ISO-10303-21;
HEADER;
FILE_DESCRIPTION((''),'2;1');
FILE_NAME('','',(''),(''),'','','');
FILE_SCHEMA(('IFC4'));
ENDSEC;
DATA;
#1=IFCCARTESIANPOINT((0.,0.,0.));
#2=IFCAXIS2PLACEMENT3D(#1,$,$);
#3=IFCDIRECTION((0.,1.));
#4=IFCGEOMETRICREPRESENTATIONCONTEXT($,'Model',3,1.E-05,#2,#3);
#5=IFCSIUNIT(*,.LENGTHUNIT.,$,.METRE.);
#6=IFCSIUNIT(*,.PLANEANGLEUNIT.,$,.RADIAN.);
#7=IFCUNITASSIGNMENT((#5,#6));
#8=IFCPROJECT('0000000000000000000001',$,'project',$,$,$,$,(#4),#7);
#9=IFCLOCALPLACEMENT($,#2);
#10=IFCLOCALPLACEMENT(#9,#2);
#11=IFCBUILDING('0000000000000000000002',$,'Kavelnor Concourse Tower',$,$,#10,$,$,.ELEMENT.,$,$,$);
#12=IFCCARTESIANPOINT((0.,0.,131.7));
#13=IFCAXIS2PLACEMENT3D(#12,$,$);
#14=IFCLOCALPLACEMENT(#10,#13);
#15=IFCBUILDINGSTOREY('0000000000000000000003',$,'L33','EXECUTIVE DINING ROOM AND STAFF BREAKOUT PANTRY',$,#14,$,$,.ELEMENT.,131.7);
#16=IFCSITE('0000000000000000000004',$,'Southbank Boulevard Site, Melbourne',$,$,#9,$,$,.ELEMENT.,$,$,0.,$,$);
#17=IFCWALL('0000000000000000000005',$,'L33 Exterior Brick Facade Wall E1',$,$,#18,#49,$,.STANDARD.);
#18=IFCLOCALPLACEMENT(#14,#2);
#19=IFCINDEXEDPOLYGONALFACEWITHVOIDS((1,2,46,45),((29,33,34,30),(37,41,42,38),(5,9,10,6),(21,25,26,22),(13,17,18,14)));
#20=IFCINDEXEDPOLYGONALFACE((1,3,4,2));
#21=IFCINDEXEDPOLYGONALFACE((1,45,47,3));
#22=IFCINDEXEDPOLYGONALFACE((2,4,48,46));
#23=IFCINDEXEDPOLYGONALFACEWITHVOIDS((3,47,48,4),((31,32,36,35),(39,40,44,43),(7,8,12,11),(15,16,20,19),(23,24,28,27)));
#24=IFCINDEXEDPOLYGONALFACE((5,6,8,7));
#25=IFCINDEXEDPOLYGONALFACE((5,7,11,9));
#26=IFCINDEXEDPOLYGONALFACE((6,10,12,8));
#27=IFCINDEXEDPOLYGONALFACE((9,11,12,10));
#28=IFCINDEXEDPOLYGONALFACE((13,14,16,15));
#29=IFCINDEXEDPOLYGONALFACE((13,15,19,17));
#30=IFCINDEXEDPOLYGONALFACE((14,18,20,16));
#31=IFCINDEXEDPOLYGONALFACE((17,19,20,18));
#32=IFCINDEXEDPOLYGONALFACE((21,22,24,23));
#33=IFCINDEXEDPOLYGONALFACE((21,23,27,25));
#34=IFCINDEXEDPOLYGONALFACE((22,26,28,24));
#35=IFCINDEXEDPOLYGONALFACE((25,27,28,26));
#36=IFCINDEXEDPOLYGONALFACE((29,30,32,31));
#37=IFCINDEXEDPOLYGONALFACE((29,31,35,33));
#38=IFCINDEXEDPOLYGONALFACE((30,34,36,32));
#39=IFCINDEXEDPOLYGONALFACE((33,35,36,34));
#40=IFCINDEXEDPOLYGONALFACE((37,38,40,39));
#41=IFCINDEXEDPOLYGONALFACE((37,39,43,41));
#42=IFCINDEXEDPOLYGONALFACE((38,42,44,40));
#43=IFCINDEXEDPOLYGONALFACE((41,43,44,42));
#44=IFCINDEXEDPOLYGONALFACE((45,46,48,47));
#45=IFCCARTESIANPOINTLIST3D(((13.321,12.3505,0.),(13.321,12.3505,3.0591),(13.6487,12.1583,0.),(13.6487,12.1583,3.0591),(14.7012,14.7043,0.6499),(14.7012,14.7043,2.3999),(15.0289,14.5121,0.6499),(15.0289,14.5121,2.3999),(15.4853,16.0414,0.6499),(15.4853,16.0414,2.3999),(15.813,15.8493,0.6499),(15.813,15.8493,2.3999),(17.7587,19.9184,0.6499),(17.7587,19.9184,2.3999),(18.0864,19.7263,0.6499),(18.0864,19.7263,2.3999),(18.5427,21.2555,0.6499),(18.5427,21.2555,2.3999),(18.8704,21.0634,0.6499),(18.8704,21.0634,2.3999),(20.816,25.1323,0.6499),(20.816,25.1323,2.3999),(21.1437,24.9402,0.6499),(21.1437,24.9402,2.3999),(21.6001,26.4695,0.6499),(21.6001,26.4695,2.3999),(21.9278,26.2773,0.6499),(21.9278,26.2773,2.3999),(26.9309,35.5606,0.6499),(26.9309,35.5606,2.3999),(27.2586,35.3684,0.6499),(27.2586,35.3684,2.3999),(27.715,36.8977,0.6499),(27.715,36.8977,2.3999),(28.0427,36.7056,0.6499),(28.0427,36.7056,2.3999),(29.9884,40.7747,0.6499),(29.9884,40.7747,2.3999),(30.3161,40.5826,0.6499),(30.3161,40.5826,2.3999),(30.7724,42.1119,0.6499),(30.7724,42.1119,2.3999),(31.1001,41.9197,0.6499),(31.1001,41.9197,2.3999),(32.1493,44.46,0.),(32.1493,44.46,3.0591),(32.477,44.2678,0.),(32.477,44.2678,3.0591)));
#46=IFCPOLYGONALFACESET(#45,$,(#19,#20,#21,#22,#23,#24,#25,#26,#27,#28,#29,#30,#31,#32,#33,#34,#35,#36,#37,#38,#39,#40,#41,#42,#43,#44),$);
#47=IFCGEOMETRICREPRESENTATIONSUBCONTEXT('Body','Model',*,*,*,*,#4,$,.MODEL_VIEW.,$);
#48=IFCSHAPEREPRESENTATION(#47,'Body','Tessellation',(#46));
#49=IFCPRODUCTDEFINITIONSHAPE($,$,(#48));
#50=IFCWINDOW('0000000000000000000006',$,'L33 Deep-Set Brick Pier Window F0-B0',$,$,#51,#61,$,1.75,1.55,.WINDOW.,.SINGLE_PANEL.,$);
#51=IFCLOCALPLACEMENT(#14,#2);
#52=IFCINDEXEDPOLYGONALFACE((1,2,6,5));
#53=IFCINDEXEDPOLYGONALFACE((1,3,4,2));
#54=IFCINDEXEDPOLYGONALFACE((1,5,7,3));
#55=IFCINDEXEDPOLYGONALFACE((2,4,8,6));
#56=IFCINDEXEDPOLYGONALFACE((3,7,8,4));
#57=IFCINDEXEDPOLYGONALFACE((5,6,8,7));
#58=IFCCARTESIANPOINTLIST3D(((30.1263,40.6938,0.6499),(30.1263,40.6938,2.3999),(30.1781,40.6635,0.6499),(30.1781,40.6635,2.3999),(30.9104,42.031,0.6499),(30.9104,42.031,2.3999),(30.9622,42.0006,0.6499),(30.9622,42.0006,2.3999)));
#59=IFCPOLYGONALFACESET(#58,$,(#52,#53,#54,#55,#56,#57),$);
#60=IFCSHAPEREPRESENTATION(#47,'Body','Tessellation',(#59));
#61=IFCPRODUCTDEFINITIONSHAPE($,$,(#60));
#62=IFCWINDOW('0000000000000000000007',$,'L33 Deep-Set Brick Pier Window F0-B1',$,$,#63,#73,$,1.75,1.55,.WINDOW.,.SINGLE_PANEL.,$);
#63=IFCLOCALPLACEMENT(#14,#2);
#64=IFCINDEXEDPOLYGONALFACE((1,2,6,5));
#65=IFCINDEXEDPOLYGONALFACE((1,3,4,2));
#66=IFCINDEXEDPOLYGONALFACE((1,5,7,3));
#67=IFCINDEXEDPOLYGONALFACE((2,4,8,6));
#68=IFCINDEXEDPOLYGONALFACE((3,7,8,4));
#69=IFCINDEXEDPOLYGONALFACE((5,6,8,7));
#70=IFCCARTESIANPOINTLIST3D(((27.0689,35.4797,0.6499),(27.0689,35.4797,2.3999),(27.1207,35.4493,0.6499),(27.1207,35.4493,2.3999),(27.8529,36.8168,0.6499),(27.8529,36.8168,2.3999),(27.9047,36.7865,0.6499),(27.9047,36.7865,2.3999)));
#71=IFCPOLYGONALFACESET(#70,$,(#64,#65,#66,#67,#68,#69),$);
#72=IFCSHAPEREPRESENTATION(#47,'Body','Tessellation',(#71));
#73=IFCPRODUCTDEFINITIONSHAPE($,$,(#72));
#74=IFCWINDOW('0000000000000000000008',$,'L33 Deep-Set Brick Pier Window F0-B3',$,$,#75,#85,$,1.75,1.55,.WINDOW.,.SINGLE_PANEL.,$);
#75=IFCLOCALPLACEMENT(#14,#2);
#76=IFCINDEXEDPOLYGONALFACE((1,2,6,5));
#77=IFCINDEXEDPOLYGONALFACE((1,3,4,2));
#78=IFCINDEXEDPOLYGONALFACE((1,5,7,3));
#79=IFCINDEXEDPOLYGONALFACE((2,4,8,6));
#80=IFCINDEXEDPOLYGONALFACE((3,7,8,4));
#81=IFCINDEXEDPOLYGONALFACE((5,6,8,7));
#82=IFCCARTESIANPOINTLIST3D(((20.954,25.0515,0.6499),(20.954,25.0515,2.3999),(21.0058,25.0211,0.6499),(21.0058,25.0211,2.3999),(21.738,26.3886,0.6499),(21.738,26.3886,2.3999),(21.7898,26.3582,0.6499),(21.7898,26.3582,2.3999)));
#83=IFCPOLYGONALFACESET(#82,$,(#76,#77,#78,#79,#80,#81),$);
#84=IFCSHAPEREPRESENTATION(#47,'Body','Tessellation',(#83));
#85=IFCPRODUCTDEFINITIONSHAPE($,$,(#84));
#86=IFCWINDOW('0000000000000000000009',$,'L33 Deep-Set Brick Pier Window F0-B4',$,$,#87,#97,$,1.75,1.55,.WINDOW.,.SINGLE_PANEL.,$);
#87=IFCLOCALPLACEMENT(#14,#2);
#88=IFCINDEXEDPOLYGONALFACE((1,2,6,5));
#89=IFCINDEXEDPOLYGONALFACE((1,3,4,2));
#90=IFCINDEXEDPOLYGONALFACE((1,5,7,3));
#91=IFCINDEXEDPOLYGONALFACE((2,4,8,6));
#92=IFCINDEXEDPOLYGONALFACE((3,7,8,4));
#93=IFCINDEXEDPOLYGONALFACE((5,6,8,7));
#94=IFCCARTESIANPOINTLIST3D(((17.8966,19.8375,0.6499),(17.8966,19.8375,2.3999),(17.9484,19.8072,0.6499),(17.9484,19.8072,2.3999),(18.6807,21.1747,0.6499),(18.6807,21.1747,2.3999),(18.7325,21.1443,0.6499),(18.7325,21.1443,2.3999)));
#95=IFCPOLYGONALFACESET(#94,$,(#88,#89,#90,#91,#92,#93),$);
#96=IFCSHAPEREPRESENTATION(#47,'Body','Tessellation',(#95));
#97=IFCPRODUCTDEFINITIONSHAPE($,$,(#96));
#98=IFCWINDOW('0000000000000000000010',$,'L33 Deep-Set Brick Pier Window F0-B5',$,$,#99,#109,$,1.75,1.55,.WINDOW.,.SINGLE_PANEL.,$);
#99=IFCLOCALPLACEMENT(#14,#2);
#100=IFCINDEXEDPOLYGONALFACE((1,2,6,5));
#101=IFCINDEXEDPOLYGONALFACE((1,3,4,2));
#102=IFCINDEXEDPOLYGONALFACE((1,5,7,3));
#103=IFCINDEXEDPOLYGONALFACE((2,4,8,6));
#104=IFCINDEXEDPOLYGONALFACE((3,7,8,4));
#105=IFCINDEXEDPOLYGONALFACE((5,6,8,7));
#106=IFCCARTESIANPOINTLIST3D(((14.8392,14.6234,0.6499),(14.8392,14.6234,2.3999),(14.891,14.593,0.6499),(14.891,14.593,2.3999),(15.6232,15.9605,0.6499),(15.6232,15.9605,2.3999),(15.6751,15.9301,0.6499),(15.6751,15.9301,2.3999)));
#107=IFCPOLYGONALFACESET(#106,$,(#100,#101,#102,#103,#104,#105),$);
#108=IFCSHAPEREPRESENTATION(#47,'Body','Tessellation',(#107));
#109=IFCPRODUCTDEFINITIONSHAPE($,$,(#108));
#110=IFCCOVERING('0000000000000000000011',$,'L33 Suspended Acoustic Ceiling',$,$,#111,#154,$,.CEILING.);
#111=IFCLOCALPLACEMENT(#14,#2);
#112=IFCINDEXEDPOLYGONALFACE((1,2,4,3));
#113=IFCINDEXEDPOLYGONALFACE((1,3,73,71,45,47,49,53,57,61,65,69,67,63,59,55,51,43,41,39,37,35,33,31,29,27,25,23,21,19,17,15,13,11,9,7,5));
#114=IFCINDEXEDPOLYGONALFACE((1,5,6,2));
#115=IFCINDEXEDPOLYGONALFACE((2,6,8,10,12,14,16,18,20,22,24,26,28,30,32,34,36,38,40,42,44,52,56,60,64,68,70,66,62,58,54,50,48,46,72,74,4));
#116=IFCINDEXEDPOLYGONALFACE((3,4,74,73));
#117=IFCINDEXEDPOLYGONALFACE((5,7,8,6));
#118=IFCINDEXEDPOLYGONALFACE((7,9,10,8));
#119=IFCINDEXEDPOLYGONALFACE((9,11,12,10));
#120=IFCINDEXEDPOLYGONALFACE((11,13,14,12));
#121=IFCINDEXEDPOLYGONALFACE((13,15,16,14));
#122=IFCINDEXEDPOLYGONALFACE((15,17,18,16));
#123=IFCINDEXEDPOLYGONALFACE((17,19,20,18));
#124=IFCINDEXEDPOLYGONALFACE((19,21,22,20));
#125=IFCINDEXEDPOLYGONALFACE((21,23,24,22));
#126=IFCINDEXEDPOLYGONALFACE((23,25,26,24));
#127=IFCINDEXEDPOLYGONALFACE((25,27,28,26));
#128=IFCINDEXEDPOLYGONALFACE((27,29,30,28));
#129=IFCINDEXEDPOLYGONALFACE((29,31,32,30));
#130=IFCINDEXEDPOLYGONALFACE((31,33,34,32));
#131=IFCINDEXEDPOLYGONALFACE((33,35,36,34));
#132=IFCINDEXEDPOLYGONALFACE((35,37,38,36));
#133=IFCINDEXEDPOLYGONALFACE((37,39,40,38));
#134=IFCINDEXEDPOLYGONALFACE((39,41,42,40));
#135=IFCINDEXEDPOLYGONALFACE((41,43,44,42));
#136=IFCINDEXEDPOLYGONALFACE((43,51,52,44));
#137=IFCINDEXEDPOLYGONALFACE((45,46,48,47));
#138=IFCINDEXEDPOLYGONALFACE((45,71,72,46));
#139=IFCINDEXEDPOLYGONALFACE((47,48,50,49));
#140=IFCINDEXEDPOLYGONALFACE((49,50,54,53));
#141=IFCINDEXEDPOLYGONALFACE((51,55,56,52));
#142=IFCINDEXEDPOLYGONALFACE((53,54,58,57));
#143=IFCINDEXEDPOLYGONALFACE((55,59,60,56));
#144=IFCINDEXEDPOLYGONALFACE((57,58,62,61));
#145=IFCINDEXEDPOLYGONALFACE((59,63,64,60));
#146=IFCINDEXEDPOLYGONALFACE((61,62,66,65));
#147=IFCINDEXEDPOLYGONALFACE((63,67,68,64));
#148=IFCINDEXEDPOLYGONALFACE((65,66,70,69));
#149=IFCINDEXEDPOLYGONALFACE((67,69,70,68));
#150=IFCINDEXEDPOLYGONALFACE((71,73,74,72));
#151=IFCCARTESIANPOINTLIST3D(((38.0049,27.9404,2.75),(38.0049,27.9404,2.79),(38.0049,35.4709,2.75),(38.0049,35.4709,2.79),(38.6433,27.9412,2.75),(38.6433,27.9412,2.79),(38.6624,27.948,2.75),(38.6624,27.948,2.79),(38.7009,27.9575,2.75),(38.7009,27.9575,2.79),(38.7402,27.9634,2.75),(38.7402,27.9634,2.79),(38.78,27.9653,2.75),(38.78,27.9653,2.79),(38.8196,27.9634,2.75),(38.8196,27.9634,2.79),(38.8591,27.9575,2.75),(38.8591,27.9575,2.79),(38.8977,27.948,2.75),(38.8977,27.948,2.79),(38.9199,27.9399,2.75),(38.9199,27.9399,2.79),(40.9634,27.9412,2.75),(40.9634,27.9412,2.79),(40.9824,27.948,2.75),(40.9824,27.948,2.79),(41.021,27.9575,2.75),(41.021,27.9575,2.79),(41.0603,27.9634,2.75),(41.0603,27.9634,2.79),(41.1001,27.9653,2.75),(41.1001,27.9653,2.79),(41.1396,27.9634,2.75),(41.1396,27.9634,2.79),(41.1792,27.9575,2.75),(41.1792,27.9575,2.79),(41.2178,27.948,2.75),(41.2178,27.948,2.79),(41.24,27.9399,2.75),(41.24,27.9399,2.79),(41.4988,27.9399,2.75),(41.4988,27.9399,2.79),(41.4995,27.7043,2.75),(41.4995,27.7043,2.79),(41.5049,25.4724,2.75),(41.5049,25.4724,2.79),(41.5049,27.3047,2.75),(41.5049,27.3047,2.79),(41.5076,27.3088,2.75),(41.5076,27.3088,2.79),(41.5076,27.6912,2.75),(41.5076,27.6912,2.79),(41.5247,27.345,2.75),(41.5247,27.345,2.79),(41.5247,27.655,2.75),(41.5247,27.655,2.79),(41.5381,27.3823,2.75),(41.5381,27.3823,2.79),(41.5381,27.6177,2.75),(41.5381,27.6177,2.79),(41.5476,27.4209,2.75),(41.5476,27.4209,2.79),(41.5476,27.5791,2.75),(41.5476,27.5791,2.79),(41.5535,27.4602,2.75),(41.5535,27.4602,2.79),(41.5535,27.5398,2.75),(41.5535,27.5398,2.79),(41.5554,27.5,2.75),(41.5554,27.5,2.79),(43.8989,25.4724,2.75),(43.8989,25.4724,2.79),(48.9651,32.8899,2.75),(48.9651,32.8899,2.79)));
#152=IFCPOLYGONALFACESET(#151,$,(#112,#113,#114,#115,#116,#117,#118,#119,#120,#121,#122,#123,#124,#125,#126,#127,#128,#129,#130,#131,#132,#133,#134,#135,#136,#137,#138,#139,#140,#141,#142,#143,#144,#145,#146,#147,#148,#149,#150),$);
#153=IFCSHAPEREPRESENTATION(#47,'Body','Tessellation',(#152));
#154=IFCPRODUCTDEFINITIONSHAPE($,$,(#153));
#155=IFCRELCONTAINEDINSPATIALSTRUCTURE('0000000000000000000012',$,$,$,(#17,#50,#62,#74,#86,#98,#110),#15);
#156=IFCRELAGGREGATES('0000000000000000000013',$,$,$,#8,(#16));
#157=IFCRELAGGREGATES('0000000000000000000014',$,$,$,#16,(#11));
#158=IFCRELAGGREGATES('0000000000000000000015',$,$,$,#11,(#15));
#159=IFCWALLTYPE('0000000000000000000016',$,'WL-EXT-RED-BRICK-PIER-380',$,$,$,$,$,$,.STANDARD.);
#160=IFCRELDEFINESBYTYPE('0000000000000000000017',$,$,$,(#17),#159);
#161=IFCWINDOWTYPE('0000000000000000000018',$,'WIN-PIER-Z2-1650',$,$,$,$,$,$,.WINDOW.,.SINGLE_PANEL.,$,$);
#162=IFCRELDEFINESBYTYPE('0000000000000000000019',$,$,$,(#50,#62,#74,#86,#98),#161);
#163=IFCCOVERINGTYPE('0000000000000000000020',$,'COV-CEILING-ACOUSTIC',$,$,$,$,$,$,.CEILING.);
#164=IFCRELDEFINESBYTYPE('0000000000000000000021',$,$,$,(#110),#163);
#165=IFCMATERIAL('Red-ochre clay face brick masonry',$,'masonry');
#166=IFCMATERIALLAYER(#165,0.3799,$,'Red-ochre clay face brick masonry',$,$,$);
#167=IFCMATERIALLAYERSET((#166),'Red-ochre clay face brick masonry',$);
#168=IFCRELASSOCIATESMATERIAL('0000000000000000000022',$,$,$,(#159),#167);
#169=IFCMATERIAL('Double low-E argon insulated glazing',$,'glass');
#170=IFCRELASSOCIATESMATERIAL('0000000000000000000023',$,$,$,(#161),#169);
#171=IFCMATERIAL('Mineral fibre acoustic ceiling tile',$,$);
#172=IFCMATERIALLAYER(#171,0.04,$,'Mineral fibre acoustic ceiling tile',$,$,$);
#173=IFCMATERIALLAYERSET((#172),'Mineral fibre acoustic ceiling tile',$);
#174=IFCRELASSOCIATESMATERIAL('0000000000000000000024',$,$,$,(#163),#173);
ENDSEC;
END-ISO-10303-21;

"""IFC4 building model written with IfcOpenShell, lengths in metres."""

from ifc_helpers import new_model, si_unit, direction, frame, frame_2d, origin, place, context, subcontext, project, spatial, polyline, rectangle, outline, extrude, material, layer, layer_set, type_object, element, fill, save


model = new_model("IFC4")

# Units and contexts
model_context = context("Model", 3, precision=1e-05, world=origin(), true_north=direction((0.0, 1.0)))
body_context = subcontext(model_context, "Body", "Model", "MODEL_VIEW")
ifc_project = project(units=[si_unit("LENGTHUNIT", "METRE"), si_unit("PLANEANGLEUNIT", "RADIAN")], contexts=[model_context])

# Site, building, storey
site_placement = place(None, origin())
site = spatial("IfcSite", under=ifc_project, at=site_placement, Name="Southbank Boulevard Site, Melbourne", CompositionType="ELEMENT", RefElevation=0.0)
building_placement = place(site_placement, origin())
building = spatial("IfcBuilding", under=site, at=building_placement, Name="Kavelnor Concourse Tower", CompositionType="ELEMENT")
storey_placement = place(building_placement, frame((0.0, 0.0, 131.7)))
storey = spatial("IfcBuildingStorey", under=building, at=storey_placement, Name="L33", Description="EXECUTIVE DINING ROOM AND STAFF BREAKOUT PANTRY", CompositionType="ELEMENT", Elevation=131.7)

# Wall, openings, windows
ifc_material_1 = material(Name="Red-ochre clay face brick masonry", Category="masonry")
ifc_layer_1 = layer(ifc_material_1, 0.3799, Name="Red-ochre clay face brick masonry")
ifc_layer_set_1 = layer_set([ifc_layer_1], Name="Red-ochre clay face brick masonry")
wall_type = type_object("IfcWallType", Name="WL-EXT-RED-BRICK-PIER-380", PredefinedType="STANDARD", material=ifc_layer_set_1)
wall_placement = place(storey_placement, frame((13.4849, 12.2544, 0.0), z_axis=(0.0, 0.0, 1.0), x_axis=(0.505829, 0.862634, 0.0)))
wall = element("IfcWall", 1, at=wall_placement, inside=storey, type_object=wall_type, Name="L33 Exterior Brick Facade Wall E1", PredefinedType="STANDARD", context=body_context, shape_type="SweptSolid", body=[
    extrude(rectangle(XDim=37.2227, YDim=0.3799, at=frame_2d((18.6113, 0.0))), origin(), (0.0, 0.0, 1.0), 3.0591),
])
opening_1_placement = place(wall_placement, frame((32.9507, 0.0, 0.6499)))
opening_1 = element("IfcOpeningElement", 2, at=opening_1_placement, cuts=wall, PredefinedType="OPENING", context=body_context, shape_type="SweptSolid", body=[
    extrude(rectangle(XDim=1.55, YDim=1.75, at=frame_2d((0.7749, 0.875))), frame((0.0, 0.2, 0.0), z_axis=(0.0, -1.0, 0.0), x_axis=(1.0, 0.0, 0.0)), (0.0, 0.0, 1.0), 0.3999),
])
opening_2_placement = place(wall_placement, frame((26.9062, 0.0, 0.6499)))
opening_2 = element("IfcOpeningElement", 3, at=opening_2_placement, cuts=wall, PredefinedType="OPENING", context=body_context, shape_type="SweptSolid", body=[
    extrude(rectangle(XDim=1.55, YDim=1.75, at=frame_2d((0.7749, 0.875))), frame((0.0, 0.2, 0.0), z_axis=(0.0, -1.0, 0.0), x_axis=(1.0, 0.0, 0.0)), (0.0, 0.0, 1.0), 0.3999),
])
opening_3_placement = place(wall_placement, frame((14.8174, 0.0, 0.6499)))
opening_3 = element("IfcOpeningElement", 4, at=opening_3_placement, cuts=wall, PredefinedType="OPENING", context=body_context, shape_type="SweptSolid", body=[
    extrude(rectangle(XDim=1.55, YDim=1.75, at=frame_2d((0.7749, 0.875))), frame((0.0, 0.2, 0.0), z_axis=(0.0, -1.0, 0.0), x_axis=(1.0, 0.0, 0.0)), (0.0, 0.0, 1.0), 0.3999),
])
opening_4_placement = place(wall_placement, frame((8.7732, 0.0, 0.6499)))
opening_4 = element("IfcOpeningElement", 5, at=opening_4_placement, cuts=wall, PredefinedType="OPENING", context=body_context, shape_type="SweptSolid", body=[
    extrude(rectangle(XDim=1.55, YDim=1.75, at=frame_2d((0.7749, 0.875))), frame((0.0, 0.2, 0.0), z_axis=(0.0, -1.0, 0.0), x_axis=(1.0, 0.0, 0.0)), (0.0, 0.0, 1.0), 0.3999),
])
opening_5_placement = place(wall_placement, frame((2.7288, 0.0, 0.6499)))
opening_5 = element("IfcOpeningElement", 6, at=opening_5_placement, cuts=wall, PredefinedType="OPENING", context=body_context, shape_type="SweptSolid", body=[
    extrude(rectangle(XDim=1.55, YDim=1.75, at=frame_2d((0.7749, 0.875))), frame((0.0, 0.2, 0.0), z_axis=(0.0, -1.0, 0.0), x_axis=(1.0, 0.0, 0.0)), (0.0, 0.0, 1.0), 0.3999),
])
ifc_material_2 = material(Name="Double low-E argon insulated glazing", Category="glass")
window_type = type_object("IfcWindowType", Name="WIN-PIER-Z2-1650", PartitioningType="SINGLE_PANEL", PredefinedType="WINDOW", material=ifc_material_2)
window_1_placement = place(opening_1_placement, origin())
window_1 = element("IfcWindow", 7, at=window_1_placement, inside=storey, type_object=window_type, Name="L33 Deep-Set Brick Pier Window F0-B0", OverallHeight=1.75, OverallWidth=1.55, PartitioningType="SINGLE_PANEL", PredefinedType="WINDOW", context=body_context, shape_type="SweptSolid", body=[
    extrude(rectangle(XDim=1.55, YDim=1.75, at=frame_2d((0.7749, 0.875))), frame((0.0, 0.03, 0.0), z_axis=(0.0, -1.0, 0.0), x_axis=(1.0, 0.0, 0.0)), (0.0, 0.0, 1.0), 0.0601),
])
fill(opening_1, window_1)
window_2_placement = place(opening_2_placement, origin())
window_2 = element("IfcWindow", 8, at=window_2_placement, inside=storey, type_object=window_type, Name="L33 Deep-Set Brick Pier Window F0-B1", OverallHeight=1.75, OverallWidth=1.55, PartitioningType="SINGLE_PANEL", PredefinedType="WINDOW", context=body_context, shape_type="SweptSolid", body=[
    extrude(rectangle(XDim=1.55, YDim=1.75, at=frame_2d((0.7749, 0.875))), frame((0.0, 0.03, 0.0), z_axis=(0.0, -1.0, 0.0), x_axis=(1.0, 0.0, 0.0)), (0.0, 0.0, 1.0), 0.0601),
])
fill(opening_2, window_2)
window_3_placement = place(opening_3_placement, origin())
window_3 = element("IfcWindow", 9, at=window_3_placement, inside=storey, type_object=window_type, Name="L33 Deep-Set Brick Pier Window F0-B3", OverallHeight=1.75, OverallWidth=1.55, PartitioningType="SINGLE_PANEL", PredefinedType="WINDOW", context=body_context, shape_type="SweptSolid", body=[
    extrude(rectangle(XDim=1.55, YDim=1.75, at=frame_2d((0.7749, 0.875))), frame((0.0, 0.03, 0.0), z_axis=(0.0, -1.0, 0.0), x_axis=(1.0, 0.0, 0.0)), (0.0, 0.0, 1.0), 0.0601),
])
fill(opening_3, window_3)
window_4_placement = place(opening_4_placement, origin())
window_4 = element("IfcWindow", 10, at=window_4_placement, inside=storey, type_object=window_type, Name="L33 Deep-Set Brick Pier Window F0-B4", OverallHeight=1.75, OverallWidth=1.55, PartitioningType="SINGLE_PANEL", PredefinedType="WINDOW", context=body_context, shape_type="SweptSolid", body=[
    extrude(rectangle(XDim=1.55, YDim=1.75, at=frame_2d((0.7749, 0.875))), frame((0.0, 0.03, 0.0), z_axis=(0.0, -1.0, 0.0), x_axis=(1.0, 0.0, 0.0)), (0.0, 0.0, 1.0), 0.0601),
])
fill(opening_4, window_4)
window_5_placement = place(opening_5_placement, origin())
window_5 = element("IfcWindow", 11, at=window_5_placement, inside=storey, type_object=window_type, Name="L33 Deep-Set Brick Pier Window F0-B5", OverallHeight=1.75, OverallWidth=1.55, PartitioningType="SINGLE_PANEL", PredefinedType="WINDOW", context=body_context, shape_type="SweptSolid", body=[
    extrude(rectangle(XDim=1.55, YDim=1.75, at=frame_2d((0.7749, 0.875))), frame((0.0, 0.03, 0.0), z_axis=(0.0, -1.0, 0.0), x_axis=(1.0, 0.0, 0.0)), (0.0, 0.0, 1.0), 0.0601),
])
fill(opening_5, window_5)

# Covering
ifc_material_3 = material(Name="Mineral fibre acoustic ceiling tile")
ifc_layer_2 = layer(ifc_material_3, 0.04, Name="Mineral fibre acoustic ceiling tile")
ifc_layer_set_2 = layer_set([ifc_layer_2], Name="Mineral fibre acoustic ceiling tile")
covering_type_1 = type_object("IfcCoveringType", Name="COV-CEILING-ACOUSTIC", PredefinedType="CEILING", material=ifc_layer_set_2)
covering_1_placement = place(storey_placement, frame((0.0, 0.0, 2.75)))
element("IfcCovering", 12, at=covering_1_placement, inside=storey, type_object=covering_type_1, Name="L33 Suspended Acoustic Ceiling", PredefinedType="CEILING", context=body_context, shape_type="SweptSolid", body=[
    extrude(outline(polyline([(43.8989, 25.4724), (41.5049, 25.4724), (41.5049, 27.3047), (41.5076, 27.3088), (41.5247, 27.345), (41.5381, 27.3823), (41.5476, 27.4209), (41.5535, 27.4602), (41.5554, 27.5), (41.5535, 27.5398), (41.5476, 27.5791), (41.5381, 27.6177), (41.5247, 27.655), (41.5076, 27.6912), (41.4995, 27.7043), (41.4988, 27.9399), (41.24, 27.9399), (41.2178, 27.948), (41.1792, 27.9575), (41.1396, 27.9634), (41.1001, 27.9653), (41.0603, 27.9634), (41.021, 27.9575), (40.9824, 27.948), (40.9634, 27.9412), (38.9199, 27.9399), (38.8977, 27.948), (38.8591, 27.9575), (38.8196, 27.9634), (38.78, 27.9653), (38.7402, 27.9634), (38.7009, 27.9575), (38.6624, 27.948), (38.6433, 27.9412), (38.0049, 27.9404), (38.0049, 35.4709), (48.9651, 32.8899), (43.8989, 25.4724)])), origin(), (0.0, 0.0, 1.0), 0.04),
])

save(model, "model.ifc")
